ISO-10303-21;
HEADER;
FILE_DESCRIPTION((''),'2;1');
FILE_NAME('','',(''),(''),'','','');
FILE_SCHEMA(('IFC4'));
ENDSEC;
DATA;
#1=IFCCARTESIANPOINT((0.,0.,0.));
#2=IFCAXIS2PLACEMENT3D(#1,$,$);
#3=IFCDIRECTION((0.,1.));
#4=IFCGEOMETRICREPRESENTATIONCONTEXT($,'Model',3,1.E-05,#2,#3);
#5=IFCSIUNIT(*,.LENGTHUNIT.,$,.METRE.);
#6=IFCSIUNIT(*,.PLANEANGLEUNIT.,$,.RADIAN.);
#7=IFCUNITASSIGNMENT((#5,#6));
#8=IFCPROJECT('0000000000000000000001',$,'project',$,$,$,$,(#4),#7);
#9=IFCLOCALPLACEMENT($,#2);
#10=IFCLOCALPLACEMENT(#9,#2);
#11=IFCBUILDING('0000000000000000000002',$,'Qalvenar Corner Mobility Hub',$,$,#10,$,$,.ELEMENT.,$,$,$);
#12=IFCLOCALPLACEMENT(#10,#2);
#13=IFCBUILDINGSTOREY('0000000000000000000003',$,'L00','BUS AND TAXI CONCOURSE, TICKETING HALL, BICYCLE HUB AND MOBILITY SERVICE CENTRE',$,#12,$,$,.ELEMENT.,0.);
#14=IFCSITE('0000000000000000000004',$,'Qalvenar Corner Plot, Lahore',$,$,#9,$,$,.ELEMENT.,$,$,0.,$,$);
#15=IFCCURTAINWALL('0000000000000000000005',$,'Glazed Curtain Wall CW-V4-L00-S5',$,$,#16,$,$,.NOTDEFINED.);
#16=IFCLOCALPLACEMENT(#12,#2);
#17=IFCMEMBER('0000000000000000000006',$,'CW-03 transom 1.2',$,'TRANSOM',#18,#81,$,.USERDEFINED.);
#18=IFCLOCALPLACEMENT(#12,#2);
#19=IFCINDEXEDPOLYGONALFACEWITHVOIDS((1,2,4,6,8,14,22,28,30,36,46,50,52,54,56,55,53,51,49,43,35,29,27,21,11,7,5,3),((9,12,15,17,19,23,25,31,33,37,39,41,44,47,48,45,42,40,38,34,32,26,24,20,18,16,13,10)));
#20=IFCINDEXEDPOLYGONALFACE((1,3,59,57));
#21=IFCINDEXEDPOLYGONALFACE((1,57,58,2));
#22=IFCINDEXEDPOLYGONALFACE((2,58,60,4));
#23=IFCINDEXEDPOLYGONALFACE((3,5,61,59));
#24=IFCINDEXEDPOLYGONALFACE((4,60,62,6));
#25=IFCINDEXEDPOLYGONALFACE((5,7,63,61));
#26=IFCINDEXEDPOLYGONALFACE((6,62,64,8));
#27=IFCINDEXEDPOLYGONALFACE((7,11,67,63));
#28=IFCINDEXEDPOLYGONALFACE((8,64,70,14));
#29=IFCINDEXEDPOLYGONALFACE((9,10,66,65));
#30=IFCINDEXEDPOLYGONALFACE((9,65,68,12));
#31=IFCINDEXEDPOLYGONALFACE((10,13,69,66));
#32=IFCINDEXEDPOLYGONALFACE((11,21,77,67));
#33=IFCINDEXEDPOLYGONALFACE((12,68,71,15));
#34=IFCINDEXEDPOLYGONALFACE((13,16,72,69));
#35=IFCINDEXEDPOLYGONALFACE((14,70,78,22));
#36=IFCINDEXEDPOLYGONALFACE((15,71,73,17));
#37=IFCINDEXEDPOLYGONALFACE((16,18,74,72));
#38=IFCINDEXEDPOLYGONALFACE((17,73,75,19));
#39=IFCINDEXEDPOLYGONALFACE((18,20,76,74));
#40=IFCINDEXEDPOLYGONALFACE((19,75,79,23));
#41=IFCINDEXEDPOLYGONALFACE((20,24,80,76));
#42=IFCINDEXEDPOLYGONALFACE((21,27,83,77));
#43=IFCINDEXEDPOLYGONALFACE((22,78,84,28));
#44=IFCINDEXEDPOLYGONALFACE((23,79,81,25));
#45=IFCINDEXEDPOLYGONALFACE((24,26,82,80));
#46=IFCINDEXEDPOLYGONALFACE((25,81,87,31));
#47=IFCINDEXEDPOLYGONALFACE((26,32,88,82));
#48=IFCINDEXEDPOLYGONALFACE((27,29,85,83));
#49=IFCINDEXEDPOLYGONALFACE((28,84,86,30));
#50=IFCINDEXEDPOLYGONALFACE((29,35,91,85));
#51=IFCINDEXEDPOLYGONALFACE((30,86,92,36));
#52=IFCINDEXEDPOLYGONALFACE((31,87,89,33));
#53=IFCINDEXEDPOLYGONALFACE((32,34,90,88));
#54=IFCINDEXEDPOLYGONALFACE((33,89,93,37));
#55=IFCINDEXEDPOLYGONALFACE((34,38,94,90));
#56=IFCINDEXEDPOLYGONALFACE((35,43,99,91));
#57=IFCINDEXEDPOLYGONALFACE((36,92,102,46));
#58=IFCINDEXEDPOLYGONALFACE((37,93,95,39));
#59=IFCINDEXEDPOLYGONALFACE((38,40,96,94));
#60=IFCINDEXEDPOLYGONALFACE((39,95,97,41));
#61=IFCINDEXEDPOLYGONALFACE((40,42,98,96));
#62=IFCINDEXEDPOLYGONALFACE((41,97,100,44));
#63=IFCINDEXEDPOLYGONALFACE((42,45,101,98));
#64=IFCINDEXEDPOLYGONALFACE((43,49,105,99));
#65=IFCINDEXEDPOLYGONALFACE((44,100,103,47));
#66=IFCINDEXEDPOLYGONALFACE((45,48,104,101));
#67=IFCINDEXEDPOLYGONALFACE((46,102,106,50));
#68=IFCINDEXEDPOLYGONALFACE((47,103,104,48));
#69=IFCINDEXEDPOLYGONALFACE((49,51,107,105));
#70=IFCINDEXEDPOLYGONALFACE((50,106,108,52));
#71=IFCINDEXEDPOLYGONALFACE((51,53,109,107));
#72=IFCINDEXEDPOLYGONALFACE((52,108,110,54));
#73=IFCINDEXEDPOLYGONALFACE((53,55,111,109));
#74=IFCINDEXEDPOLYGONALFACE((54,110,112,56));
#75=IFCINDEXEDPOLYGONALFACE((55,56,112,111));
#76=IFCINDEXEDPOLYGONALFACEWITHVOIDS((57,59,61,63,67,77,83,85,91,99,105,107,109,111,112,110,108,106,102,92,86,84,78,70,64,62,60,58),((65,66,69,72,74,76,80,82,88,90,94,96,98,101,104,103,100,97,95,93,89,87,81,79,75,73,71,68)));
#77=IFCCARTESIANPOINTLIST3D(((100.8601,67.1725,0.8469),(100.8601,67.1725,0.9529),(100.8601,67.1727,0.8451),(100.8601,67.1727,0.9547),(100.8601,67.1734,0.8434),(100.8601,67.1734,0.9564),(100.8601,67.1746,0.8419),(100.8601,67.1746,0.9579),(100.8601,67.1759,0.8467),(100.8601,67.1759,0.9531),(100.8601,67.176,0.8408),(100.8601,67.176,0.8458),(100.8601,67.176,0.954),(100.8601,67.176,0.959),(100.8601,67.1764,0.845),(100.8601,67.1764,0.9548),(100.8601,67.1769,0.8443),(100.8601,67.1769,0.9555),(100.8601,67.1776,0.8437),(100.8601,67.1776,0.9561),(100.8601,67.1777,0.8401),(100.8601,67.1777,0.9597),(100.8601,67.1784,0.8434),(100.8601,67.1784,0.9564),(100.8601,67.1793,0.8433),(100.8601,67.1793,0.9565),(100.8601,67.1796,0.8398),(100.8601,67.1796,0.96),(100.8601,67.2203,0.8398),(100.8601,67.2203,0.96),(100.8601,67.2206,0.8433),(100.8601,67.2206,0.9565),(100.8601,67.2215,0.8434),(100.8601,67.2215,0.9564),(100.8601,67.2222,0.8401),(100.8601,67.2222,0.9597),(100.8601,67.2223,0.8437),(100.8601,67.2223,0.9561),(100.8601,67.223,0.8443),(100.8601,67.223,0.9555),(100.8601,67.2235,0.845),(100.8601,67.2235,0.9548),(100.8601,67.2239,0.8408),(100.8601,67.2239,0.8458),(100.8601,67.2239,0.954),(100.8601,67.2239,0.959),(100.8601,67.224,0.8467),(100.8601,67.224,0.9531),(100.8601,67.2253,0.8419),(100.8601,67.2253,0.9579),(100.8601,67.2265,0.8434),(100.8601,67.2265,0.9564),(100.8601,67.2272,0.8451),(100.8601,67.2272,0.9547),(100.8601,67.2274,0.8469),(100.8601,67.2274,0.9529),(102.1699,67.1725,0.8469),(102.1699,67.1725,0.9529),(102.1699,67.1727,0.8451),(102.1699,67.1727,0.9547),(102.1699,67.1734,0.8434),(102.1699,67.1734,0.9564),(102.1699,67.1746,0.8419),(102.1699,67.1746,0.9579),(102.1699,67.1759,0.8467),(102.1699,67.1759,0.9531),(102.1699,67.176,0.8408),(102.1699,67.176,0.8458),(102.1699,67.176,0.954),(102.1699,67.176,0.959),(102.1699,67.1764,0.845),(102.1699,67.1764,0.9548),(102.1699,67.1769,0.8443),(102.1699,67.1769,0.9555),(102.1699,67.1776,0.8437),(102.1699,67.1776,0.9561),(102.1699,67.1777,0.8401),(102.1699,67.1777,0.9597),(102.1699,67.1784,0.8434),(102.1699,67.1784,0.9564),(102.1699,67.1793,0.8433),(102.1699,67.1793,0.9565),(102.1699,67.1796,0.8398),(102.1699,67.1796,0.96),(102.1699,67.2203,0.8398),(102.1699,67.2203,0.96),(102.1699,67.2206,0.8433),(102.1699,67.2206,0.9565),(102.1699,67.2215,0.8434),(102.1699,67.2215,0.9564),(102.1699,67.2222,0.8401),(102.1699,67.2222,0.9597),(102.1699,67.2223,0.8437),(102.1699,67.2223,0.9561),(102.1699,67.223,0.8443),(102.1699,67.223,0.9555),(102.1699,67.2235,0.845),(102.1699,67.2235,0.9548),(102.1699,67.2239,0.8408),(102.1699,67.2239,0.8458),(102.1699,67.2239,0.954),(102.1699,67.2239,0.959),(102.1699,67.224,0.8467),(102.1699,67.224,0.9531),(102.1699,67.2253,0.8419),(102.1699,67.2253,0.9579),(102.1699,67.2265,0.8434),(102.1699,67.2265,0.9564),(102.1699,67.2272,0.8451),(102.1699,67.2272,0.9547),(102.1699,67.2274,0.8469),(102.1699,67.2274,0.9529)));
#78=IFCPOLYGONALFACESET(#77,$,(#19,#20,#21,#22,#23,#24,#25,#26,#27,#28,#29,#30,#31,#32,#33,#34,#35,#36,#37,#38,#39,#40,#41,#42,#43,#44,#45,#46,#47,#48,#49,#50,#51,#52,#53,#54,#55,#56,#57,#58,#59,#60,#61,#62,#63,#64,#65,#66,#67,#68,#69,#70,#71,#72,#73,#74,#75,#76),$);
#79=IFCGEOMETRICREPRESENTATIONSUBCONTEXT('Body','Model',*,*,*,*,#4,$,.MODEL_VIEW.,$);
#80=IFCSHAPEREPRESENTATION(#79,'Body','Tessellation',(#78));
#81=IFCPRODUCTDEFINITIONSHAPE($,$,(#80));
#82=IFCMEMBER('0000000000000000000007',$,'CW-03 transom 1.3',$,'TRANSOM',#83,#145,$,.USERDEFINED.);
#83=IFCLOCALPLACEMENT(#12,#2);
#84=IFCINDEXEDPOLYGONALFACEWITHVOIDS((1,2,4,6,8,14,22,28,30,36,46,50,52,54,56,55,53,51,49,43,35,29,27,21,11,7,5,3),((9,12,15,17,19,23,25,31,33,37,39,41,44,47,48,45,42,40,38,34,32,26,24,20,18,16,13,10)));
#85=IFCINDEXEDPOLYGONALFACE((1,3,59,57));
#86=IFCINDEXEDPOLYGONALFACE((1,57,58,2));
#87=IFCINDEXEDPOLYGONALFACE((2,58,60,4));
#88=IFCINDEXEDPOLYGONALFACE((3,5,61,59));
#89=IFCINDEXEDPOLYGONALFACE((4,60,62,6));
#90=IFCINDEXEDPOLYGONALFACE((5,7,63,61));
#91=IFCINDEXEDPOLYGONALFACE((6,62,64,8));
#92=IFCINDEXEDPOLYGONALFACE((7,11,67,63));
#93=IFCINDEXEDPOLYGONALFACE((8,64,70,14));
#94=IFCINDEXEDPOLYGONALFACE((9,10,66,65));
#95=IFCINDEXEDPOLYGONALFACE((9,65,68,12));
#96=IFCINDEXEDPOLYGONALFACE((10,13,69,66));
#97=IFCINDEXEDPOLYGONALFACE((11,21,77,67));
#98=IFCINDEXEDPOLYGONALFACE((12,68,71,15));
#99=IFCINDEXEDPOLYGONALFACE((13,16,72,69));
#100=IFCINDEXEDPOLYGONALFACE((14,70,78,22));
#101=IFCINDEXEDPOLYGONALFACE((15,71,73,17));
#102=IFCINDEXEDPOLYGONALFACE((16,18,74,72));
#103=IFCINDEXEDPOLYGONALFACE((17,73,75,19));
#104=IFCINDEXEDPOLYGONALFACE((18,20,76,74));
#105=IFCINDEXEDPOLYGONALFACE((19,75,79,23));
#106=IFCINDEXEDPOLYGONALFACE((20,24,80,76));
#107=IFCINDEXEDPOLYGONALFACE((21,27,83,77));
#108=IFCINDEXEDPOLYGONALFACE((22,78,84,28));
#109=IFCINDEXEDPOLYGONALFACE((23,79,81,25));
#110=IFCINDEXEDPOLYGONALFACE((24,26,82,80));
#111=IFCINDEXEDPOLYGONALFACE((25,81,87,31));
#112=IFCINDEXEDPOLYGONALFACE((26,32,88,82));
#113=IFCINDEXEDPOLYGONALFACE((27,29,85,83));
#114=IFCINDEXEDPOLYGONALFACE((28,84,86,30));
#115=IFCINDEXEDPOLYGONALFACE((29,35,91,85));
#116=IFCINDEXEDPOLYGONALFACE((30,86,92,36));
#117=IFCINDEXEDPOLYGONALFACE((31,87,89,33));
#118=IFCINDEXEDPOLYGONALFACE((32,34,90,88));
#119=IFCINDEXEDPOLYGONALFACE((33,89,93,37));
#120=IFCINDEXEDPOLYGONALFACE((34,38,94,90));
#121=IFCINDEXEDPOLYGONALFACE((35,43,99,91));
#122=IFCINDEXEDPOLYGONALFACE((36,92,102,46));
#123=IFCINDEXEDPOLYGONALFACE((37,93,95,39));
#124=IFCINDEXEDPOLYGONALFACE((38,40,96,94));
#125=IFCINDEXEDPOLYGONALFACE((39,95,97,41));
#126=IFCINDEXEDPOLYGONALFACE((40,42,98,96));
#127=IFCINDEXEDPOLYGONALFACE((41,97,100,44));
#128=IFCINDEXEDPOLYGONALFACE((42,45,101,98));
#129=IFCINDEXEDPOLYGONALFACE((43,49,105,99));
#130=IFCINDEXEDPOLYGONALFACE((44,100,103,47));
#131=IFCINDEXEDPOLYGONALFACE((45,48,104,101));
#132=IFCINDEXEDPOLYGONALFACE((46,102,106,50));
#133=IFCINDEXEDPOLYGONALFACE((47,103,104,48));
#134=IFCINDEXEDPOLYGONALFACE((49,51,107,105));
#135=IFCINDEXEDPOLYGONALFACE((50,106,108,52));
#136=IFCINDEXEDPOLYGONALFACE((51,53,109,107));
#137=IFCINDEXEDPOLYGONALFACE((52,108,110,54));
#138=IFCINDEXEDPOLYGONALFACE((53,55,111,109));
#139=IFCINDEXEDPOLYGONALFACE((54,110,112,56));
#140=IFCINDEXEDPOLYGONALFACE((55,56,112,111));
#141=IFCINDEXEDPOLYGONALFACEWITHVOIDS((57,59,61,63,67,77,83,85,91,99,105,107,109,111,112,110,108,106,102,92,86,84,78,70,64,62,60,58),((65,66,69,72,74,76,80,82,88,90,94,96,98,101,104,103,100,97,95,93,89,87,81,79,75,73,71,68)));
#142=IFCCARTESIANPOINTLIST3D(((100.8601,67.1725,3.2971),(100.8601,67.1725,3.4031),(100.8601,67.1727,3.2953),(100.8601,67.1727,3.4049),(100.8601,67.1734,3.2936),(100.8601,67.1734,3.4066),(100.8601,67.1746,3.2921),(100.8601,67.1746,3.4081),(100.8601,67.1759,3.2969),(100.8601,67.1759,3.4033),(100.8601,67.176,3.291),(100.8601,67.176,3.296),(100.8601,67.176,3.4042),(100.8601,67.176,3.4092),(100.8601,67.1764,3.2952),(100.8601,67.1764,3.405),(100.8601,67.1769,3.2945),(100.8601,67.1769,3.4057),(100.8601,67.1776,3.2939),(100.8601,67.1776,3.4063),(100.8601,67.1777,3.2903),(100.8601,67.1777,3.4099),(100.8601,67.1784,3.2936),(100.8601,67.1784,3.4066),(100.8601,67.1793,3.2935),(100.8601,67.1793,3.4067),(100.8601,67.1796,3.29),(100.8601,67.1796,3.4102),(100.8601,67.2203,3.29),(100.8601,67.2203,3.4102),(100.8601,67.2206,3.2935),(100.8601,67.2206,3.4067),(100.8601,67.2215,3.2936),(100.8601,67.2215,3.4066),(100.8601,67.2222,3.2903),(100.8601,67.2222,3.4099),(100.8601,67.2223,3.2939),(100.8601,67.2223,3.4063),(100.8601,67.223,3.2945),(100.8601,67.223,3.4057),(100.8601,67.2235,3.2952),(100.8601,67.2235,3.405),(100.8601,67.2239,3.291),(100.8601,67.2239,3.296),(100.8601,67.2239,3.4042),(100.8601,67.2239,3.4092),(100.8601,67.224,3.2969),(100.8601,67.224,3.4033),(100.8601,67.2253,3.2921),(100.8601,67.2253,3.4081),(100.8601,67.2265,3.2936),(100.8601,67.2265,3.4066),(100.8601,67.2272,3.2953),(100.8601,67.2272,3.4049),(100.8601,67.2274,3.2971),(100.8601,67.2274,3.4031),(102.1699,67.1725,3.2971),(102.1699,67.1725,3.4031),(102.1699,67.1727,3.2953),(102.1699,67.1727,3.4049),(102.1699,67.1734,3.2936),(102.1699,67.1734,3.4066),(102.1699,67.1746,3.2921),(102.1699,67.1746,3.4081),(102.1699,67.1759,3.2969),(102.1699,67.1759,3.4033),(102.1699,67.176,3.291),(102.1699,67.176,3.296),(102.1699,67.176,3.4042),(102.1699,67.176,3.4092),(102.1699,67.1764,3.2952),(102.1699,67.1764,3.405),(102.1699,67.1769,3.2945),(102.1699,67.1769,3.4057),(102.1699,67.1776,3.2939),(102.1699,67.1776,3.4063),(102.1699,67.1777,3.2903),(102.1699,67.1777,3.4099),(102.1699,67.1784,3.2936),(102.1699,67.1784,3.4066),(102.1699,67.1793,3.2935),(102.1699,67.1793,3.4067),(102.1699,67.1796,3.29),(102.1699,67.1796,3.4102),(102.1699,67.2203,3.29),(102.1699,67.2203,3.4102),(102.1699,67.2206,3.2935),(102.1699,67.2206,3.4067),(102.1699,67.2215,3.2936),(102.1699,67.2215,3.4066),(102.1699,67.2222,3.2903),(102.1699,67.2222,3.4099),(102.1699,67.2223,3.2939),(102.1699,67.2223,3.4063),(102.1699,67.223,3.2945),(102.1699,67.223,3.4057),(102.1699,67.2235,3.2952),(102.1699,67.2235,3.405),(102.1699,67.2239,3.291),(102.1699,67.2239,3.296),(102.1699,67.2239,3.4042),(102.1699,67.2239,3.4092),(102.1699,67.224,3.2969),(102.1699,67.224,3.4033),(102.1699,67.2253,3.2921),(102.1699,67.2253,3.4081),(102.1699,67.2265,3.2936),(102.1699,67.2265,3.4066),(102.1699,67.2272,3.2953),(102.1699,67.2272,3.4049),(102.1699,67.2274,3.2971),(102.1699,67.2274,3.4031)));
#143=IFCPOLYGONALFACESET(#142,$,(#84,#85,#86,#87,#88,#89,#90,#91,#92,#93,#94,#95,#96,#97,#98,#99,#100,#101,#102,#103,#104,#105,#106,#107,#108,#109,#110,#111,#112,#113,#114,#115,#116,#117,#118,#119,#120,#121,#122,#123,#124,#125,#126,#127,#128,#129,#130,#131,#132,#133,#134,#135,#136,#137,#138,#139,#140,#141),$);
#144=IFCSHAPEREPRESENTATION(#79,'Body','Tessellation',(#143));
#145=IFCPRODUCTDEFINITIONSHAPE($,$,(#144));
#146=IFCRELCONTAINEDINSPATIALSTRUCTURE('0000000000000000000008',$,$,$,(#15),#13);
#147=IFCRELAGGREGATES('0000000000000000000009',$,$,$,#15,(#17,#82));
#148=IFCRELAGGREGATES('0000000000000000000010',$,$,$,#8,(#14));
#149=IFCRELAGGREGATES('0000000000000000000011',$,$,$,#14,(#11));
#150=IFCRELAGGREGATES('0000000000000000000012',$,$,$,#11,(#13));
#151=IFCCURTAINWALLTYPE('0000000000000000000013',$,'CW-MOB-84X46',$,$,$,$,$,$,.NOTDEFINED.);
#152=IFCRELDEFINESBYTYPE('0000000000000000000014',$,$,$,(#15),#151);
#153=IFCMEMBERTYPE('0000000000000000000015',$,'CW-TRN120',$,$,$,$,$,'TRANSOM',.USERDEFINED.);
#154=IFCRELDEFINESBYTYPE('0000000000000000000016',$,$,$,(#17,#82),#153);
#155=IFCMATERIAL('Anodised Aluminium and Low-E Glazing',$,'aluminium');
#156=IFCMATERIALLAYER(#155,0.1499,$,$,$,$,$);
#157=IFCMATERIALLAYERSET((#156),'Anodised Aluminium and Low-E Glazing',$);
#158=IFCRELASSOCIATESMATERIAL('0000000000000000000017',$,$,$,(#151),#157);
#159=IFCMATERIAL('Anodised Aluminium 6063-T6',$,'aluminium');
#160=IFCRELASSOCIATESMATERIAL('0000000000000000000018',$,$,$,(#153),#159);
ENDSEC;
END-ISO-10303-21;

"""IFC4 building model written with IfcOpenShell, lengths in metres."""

from ifc_helpers import new_model, si_unit, direction, frame, origin, origin_2d, place, context, subcontext, project, spatial, hollow_rectangle, extrude, material, layer, layer_set, material_profile, profile_set, type_object, element, aggregate, save


model = new_model("IFC4")

# Units and contexts
model_context = context("Model", 3, precision=1e-05, world=origin(), true_north=direction((0.0, 1.0)))
body_context = subcontext(model_context, "Body", "Model", "MODEL_VIEW")
ifc_project = project(units=[si_unit("LENGTHUNIT", "METRE"), si_unit("PLANEANGLEUNIT", "RADIAN")], contexts=[model_context])

# Site, building, storey
site_placement = place(None, origin())
site = spatial("IfcSite", under=ifc_project, at=site_placement, Name="Qalvenar Corner Plot, Lahore", CompositionType="ELEMENT", RefElevation=0.0)
building_placement = place(site_placement, origin())
building = spatial("IfcBuilding", under=site, at=building_placement, Name="Qalvenar Corner Mobility Hub", CompositionType="ELEMENT")
storey_placement = place(building_placement, origin())
storey = spatial("IfcBuildingStorey", under=building, at=storey_placement, Name="L00", Description="BUS AND TAXI CONCOURSE, TICKETING HALL, BICYCLE HUB AND MOBILITY SERVICE CENTRE", CompositionType="ELEMENT", Elevation=0.0)

# Curtain wall
ifc_material_1 = material(Name="Anodised Aluminium and Low-E Glazing", Category="aluminium")
ifc_layer_1 = layer(ifc_material_1, 0.1499)
ifc_layer_set_1 = layer_set([ifc_layer_1], Name="Anodised Aluminium and Low-E Glazing")
curtain_wall_type = type_object("IfcCurtainWallType", Name="CW-MOB-84X46", PredefinedType="NOTDEFINED", material=ifc_layer_set_1)
ifc_material_2 = material(Name="Anodised Aluminium 6063-T6", Category="aluminium")
curtain_wall_1_placement = place(storey_placement, origin())
curtain_wall_1 = element("IfcCurtainWall", 1, at=curtain_wall_1_placement, inside=storey, type_object=curtain_wall_type, Name="Glazed Curtain Wall CW-V4-L00-S5", PredefinedType="NOTDEFINED")

# Members
ifc_material_profile_1 = material_profile(ifc_material_2, hollow_rectangle(XDim=0.0549, YDim=0.1201, WallThickness=0.0034, InnerFilletRadius=0.0034, OuterFilletRadius=0.0071, at=origin_2d()), Name="RHS120x55x3.5")
ifc_profile_set_1 = profile_set([ifc_material_profile_1], Name="Anodised Aluminium 6063-T6")
member_type_1 = type_object("IfcMemberType", Name="CW-TRN120", ElementType="TRANSOM", PredefinedType="USERDEFINED", material=ifc_profile_set_1)
member_1_placement = place(storey_placement, frame((100.8601, 67.2, 0.8999), z_axis=(1.0, 0.0, 0.0), x_axis=(0.0, 1.0, 0.0)))
member_1 = element("IfcMember", 2, at=member_1_placement, type_object=member_type_1, Name="CW-03 transom 1.2", ObjectType="TRANSOM", PredefinedType="USERDEFINED", context=body_context, shape_type="SweptSolid", body=[
    extrude(hollow_rectangle(XDim=0.0549, YDim=0.1201, WallThickness=0.0034, InnerFilletRadius=0.0034, OuterFilletRadius=0.0071, at=origin_2d()), origin(), (0.0, 0.0, 1.0), 1.3098),
])
member_2_placement = place(storey_placement, frame((100.8601, 67.2, 3.3501), z_axis=(1.0, 0.0, 0.0), x_axis=(0.0, 1.0, 0.0)))
member_2 = element("IfcMember", 3, at=member_2_placement, type_object=member_type_1, Name="CW-03 transom 1.3", ObjectType="TRANSOM", PredefinedType="USERDEFINED", context=body_context, shape_type="SweptSolid", body=[
    extrude(hollow_rectangle(XDim=0.0549, YDim=0.1201, WallThickness=0.0034, InnerFilletRadius=0.0034, OuterFilletRadius=0.0071, at=origin_2d()), origin(), (0.0, 0.0, 1.0), 1.3098),
])

aggregate(curtain_wall_1, [member_1, member_2])

save(model, "model.ifc")
